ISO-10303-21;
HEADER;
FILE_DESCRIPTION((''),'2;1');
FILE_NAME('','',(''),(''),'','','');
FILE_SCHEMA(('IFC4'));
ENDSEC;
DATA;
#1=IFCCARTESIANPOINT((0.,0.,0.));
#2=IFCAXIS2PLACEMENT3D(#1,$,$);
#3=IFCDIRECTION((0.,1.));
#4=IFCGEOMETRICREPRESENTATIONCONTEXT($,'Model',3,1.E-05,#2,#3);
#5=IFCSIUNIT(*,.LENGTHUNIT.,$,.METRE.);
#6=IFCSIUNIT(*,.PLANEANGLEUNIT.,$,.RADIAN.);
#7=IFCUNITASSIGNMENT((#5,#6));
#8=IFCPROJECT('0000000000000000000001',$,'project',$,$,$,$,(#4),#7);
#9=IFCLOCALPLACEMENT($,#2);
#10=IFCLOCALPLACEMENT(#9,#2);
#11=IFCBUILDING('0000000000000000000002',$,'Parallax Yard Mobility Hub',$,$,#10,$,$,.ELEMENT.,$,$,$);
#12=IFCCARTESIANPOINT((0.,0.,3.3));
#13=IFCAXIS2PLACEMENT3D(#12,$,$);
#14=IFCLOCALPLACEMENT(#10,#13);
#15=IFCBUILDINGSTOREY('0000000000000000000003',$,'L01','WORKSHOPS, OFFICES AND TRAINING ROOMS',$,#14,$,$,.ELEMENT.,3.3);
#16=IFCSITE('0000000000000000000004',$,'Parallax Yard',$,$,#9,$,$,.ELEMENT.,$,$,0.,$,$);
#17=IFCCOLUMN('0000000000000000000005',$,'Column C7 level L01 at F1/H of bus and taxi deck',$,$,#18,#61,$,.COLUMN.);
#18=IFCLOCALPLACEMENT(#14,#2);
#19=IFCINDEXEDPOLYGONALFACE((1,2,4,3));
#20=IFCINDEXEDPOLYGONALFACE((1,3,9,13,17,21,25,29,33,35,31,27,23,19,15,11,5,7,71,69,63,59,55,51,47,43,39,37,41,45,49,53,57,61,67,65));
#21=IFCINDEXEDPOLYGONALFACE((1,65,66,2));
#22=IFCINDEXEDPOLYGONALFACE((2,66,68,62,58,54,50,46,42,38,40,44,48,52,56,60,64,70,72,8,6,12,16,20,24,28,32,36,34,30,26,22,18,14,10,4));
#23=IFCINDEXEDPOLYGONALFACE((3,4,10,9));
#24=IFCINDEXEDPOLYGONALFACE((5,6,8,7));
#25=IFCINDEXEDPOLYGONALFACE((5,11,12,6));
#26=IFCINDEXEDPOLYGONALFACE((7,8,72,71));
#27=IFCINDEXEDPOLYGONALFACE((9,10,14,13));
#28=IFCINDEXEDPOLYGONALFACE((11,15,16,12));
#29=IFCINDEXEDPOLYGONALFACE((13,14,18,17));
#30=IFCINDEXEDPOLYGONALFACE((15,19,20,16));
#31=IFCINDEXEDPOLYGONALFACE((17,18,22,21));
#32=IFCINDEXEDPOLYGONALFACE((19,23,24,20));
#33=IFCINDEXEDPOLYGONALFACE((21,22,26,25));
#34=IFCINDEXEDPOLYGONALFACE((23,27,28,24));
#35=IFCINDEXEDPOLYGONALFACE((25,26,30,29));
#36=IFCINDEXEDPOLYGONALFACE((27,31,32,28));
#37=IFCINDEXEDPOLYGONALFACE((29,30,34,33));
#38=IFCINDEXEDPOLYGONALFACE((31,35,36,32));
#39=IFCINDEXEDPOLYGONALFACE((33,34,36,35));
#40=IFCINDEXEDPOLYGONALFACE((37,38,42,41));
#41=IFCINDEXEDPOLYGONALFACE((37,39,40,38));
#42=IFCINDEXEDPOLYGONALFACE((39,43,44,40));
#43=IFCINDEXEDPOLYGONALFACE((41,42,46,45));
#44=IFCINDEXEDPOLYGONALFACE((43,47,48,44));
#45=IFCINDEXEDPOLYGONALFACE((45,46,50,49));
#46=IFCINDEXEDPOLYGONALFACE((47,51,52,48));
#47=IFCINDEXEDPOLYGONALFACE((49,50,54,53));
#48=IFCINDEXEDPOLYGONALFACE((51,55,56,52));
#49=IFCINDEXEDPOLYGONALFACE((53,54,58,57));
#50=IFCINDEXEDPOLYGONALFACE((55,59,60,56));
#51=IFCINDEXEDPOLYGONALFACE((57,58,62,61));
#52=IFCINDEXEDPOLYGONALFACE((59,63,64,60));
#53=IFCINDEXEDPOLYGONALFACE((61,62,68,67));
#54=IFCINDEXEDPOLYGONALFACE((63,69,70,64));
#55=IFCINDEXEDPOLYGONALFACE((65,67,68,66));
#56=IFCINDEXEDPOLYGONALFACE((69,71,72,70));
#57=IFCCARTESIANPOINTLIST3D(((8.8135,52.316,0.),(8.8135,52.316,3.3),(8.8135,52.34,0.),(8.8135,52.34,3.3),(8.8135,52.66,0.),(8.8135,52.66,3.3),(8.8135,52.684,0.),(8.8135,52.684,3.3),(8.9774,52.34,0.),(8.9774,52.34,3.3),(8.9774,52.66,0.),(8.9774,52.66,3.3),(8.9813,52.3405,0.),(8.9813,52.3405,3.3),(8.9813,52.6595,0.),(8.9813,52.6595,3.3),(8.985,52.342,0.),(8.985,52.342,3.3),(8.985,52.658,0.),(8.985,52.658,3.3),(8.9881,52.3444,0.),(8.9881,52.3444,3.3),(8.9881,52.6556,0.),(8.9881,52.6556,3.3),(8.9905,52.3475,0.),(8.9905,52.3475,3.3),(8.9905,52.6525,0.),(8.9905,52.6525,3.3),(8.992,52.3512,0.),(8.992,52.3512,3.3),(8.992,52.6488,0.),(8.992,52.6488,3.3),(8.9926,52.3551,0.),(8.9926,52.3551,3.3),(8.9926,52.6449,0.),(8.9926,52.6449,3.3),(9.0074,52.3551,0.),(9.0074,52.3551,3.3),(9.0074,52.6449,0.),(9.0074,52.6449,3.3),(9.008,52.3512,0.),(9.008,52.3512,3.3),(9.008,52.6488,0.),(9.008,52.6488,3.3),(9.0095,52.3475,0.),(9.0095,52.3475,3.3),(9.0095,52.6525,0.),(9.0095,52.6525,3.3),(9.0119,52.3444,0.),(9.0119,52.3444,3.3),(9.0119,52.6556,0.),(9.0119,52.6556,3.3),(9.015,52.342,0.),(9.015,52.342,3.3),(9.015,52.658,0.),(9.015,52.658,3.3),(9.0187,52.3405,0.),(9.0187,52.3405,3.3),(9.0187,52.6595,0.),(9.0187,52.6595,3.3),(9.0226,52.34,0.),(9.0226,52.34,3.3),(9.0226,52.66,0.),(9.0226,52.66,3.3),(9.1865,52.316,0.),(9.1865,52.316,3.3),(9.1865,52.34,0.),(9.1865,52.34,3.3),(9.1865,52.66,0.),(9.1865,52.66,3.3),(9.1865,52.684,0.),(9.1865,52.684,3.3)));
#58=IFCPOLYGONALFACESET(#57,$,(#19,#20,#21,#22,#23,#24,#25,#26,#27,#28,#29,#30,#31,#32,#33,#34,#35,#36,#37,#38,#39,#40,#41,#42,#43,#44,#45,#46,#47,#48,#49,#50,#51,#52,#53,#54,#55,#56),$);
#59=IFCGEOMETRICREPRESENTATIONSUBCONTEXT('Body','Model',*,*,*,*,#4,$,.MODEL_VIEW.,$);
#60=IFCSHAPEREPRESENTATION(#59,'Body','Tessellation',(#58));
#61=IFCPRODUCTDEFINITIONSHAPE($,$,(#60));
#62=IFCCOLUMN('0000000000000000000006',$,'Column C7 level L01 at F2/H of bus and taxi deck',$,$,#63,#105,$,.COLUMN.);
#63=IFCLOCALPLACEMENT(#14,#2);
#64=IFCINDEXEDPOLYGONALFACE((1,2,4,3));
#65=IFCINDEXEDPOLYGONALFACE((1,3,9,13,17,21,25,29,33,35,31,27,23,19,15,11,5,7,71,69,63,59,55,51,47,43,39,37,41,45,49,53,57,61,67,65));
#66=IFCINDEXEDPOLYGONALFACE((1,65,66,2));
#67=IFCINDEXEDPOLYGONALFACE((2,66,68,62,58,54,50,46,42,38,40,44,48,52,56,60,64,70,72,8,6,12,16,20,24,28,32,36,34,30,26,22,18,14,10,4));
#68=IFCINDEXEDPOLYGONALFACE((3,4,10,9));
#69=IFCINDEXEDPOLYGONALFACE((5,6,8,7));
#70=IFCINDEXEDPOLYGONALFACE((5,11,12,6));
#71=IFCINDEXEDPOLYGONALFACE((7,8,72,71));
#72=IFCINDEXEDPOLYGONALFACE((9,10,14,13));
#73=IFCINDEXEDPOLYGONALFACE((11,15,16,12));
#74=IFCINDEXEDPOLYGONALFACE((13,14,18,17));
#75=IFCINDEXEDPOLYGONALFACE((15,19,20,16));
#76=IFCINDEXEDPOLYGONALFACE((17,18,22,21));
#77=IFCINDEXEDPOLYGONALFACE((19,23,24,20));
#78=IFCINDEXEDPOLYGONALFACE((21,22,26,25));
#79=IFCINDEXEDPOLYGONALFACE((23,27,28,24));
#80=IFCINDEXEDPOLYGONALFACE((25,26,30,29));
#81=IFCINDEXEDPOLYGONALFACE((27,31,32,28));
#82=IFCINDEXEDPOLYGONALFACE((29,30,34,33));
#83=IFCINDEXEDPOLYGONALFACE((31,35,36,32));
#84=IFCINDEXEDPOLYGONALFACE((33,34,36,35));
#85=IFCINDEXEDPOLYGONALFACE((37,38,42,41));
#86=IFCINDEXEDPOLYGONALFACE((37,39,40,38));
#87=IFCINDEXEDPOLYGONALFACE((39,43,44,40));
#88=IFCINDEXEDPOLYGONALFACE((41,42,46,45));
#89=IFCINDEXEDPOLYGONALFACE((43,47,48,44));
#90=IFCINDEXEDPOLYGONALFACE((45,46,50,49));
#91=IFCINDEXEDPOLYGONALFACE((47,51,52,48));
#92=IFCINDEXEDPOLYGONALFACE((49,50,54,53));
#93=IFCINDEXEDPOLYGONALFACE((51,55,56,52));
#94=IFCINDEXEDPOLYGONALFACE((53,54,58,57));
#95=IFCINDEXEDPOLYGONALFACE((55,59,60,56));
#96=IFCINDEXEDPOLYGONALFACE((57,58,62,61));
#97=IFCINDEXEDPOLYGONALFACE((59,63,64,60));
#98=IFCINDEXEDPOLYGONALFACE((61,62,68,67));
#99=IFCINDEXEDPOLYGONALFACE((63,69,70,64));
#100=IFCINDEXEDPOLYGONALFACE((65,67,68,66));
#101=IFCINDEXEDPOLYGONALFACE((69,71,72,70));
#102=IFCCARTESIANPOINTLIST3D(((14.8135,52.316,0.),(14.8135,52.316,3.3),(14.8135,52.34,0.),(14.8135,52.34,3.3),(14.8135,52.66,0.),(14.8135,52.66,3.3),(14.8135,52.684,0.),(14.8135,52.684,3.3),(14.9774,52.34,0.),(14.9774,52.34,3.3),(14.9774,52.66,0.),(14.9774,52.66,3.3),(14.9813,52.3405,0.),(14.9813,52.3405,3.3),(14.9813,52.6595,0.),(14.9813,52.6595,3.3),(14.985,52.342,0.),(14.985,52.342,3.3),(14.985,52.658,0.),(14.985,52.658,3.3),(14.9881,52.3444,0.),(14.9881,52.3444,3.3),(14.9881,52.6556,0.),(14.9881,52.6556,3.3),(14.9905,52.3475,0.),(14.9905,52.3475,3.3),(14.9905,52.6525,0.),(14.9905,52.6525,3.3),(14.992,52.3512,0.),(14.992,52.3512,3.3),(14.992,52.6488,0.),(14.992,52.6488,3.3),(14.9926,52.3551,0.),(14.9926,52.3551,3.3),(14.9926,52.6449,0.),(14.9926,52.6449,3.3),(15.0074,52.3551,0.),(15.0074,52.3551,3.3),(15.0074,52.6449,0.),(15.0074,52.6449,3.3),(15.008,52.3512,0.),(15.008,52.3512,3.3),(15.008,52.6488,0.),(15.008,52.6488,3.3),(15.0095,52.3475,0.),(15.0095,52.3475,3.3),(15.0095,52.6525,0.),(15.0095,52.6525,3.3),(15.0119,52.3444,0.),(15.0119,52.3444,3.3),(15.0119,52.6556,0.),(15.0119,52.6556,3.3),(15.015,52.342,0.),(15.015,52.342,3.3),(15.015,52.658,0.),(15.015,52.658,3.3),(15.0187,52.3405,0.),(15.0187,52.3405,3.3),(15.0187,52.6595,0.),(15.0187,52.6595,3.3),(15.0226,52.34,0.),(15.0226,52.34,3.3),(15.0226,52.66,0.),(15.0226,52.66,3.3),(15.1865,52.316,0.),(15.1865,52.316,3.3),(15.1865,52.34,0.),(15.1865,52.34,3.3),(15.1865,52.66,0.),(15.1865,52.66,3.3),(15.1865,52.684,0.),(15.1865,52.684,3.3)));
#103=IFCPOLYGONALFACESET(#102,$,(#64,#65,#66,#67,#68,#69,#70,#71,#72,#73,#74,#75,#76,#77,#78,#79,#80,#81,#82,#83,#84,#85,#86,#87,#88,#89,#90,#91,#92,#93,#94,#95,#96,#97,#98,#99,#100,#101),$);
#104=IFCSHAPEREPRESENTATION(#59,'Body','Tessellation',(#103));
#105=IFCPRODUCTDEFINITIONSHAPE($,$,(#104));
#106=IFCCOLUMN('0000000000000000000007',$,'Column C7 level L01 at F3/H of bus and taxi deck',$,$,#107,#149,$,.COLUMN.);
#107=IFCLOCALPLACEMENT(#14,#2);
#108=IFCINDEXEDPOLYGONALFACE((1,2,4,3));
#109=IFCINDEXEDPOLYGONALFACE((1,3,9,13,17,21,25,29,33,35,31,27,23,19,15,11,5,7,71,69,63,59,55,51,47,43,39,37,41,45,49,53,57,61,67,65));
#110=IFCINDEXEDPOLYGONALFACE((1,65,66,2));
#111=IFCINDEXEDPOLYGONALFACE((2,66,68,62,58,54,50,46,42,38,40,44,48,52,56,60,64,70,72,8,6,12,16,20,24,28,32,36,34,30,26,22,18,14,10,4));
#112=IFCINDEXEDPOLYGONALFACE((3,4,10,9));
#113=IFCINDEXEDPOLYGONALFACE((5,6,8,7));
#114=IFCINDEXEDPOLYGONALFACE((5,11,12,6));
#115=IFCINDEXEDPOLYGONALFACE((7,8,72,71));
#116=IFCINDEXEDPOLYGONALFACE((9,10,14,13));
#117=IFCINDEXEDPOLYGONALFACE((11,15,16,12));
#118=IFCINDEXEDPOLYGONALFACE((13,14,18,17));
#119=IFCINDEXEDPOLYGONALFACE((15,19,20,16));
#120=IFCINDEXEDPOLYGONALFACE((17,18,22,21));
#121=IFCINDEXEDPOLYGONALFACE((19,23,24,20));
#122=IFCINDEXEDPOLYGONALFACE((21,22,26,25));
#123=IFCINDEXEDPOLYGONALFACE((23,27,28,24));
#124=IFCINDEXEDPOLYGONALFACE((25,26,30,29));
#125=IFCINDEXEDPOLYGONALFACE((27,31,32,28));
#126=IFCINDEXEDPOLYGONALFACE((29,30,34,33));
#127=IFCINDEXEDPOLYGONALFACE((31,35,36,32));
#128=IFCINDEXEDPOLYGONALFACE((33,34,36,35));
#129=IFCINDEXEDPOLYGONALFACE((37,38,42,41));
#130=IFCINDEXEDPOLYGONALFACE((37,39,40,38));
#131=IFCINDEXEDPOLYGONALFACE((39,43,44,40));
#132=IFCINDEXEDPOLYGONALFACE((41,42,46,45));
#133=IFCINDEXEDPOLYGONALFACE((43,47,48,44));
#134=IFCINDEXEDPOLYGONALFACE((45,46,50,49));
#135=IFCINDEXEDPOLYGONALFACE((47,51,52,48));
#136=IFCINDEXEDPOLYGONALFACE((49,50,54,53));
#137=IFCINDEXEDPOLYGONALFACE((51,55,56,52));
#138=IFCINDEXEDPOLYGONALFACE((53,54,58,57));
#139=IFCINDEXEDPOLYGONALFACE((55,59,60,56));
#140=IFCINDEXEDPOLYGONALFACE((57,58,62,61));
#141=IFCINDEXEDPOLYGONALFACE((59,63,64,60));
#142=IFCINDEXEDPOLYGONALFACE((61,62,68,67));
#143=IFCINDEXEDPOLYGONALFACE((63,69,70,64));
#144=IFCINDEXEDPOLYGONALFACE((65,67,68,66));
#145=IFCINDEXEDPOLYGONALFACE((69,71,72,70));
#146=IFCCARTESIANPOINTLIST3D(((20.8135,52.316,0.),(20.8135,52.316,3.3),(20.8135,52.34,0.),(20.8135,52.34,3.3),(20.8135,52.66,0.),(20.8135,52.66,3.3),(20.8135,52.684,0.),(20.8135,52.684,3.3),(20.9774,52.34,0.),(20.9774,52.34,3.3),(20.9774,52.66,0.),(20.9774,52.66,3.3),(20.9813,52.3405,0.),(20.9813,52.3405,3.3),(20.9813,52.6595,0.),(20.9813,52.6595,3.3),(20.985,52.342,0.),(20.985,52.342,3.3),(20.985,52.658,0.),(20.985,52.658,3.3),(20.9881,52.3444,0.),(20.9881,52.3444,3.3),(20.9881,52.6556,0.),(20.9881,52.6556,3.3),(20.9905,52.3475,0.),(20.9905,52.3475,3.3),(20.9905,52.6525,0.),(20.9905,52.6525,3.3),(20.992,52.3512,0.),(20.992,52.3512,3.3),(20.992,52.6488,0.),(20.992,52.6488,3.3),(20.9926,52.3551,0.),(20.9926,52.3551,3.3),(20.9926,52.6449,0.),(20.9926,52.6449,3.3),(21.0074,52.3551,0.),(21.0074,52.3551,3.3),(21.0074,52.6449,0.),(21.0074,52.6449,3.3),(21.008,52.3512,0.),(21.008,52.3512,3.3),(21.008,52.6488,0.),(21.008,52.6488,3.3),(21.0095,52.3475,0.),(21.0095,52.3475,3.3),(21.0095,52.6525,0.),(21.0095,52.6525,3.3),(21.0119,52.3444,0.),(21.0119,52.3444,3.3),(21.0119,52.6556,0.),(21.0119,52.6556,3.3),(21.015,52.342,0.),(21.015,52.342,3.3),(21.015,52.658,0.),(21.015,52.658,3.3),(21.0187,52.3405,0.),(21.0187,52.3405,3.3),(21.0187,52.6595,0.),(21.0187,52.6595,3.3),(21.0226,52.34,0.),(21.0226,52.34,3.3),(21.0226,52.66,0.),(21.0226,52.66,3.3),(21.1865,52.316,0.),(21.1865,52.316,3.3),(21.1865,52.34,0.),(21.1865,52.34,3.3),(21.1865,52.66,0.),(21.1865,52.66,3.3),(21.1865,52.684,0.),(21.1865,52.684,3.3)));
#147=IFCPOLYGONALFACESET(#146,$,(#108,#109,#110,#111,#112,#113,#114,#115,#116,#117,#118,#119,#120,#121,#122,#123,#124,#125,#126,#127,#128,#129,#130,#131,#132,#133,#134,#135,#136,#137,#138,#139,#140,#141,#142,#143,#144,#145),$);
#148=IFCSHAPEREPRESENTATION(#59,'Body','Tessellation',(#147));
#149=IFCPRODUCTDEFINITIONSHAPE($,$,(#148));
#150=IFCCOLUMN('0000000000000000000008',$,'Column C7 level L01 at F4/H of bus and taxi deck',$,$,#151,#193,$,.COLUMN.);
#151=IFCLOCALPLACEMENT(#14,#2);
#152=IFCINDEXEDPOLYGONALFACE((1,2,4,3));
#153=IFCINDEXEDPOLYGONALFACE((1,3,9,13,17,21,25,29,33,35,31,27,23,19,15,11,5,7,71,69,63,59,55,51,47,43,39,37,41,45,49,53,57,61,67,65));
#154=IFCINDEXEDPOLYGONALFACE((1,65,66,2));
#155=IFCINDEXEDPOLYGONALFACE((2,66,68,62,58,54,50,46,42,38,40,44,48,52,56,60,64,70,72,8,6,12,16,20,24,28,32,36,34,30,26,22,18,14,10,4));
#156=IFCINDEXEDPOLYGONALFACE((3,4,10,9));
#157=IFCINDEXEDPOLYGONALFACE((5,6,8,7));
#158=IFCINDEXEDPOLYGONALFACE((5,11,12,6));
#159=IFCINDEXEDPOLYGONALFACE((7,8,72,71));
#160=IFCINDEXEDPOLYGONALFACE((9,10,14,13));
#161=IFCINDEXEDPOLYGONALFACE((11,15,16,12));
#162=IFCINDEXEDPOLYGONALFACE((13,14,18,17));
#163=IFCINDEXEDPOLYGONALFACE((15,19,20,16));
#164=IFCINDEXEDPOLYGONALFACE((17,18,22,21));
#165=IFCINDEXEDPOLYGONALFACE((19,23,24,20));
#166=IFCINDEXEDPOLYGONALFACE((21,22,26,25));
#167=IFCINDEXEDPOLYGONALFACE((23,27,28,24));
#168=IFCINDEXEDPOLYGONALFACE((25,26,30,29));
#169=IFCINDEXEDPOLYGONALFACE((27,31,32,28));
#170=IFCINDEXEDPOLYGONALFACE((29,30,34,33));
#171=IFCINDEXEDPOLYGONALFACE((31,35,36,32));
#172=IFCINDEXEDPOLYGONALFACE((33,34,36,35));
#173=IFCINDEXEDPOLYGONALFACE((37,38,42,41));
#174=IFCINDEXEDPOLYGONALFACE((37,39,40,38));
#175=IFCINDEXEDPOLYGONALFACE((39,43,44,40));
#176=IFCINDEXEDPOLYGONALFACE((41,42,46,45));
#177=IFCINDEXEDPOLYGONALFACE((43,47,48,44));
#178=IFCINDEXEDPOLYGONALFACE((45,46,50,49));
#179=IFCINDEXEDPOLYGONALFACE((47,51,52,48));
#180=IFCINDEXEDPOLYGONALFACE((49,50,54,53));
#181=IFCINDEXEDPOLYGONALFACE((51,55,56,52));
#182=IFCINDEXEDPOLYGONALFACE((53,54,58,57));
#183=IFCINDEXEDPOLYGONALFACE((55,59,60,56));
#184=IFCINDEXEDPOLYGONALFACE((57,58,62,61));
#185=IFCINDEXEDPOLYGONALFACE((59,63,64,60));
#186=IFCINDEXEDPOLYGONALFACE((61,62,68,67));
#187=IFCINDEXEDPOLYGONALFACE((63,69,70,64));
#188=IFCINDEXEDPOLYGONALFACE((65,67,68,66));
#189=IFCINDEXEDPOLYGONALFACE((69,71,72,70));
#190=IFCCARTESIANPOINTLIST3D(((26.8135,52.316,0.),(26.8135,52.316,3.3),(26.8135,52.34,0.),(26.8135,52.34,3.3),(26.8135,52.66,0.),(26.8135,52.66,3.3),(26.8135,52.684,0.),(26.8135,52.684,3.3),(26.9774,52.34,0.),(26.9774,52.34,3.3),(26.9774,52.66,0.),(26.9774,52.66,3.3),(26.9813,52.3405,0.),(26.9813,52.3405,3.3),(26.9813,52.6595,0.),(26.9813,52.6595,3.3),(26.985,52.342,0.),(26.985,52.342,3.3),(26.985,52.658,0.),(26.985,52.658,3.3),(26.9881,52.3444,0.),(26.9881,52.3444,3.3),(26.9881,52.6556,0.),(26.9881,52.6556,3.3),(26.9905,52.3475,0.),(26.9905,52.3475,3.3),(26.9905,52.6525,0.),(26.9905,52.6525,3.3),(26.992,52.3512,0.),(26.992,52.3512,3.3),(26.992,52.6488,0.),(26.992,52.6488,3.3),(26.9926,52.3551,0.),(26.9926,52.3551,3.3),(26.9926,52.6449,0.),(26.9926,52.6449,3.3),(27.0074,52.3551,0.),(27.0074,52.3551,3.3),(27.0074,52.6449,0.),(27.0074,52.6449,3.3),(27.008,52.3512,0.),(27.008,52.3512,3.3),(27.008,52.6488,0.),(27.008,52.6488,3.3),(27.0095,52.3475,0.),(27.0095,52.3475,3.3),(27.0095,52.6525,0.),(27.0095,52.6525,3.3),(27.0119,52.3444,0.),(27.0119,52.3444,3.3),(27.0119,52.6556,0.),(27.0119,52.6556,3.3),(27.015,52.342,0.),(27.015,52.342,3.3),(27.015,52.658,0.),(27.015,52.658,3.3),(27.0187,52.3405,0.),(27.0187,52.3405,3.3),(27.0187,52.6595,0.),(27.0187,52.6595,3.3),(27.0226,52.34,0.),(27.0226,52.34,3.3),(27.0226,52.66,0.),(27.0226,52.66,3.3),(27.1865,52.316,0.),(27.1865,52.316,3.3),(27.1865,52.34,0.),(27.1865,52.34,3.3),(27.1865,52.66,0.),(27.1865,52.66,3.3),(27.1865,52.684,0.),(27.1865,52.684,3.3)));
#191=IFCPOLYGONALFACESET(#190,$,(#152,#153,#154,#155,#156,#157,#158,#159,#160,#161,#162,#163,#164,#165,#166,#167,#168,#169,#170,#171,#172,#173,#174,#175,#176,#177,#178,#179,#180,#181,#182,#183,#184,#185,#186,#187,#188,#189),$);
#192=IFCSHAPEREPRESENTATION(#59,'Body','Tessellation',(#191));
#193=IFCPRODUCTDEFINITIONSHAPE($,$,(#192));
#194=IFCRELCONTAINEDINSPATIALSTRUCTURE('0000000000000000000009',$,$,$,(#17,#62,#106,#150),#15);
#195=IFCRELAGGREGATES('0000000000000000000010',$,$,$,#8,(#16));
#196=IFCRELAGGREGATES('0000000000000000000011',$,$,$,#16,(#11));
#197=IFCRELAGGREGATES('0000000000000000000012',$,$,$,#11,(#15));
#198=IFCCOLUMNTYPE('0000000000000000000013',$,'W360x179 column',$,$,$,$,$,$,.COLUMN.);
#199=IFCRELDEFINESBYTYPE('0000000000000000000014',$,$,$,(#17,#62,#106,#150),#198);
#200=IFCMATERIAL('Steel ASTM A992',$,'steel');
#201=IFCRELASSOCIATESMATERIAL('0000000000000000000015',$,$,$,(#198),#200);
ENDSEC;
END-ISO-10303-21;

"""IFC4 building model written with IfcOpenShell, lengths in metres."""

from ifc_helpers import new_model, si_unit, direction, frame, origin, origin_2d, place, context, subcontext, project, spatial, i_section, extrude, material, material_profile, profile_set, type_object, element, save


model = new_model("IFC4")

# Units and contexts
model_context = context("Model", 3, precision=1e-05, world=origin(), true_north=direction((0.0, 1.0)))
body_context = subcontext(model_context, "Body", "Model", "MODEL_VIEW")
ifc_project = project(units=[si_unit("LENGTHUNIT", "METRE"), si_unit("PLANEANGLEUNIT", "RADIAN")], contexts=[model_context])

# Site, building, storey
site_placement = place(None, origin())
site = spatial("IfcSite", under=ifc_project, at=site_placement, Name="Parallax Yard", CompositionType="ELEMENT", RefElevation=0.0)
building_placement = place(site_placement, origin())
building = spatial("IfcBuilding", under=site, at=building_placement, Name="Parallax Yard Mobility Hub", CompositionType="ELEMENT")
storey_placement = place(building_placement, frame((0.0, 0.0, 3.3)))
storey = spatial("IfcBuildingStorey", under=building, at=storey_placement, Name="L01", Description="WORKSHOPS, OFFICES AND TRAINING ROOMS", CompositionType="ELEMENT", Elevation=3.3)

# Columns
ifc_material_1 = material(Name="Steel ASTM A992", Category="steel")
ifc_material_profile = material_profile(ifc_material_1, i_section(OverallWidth=0.373, OverallDepth=0.3679, WebThickness=0.0149, FlangeThickness=0.0239, FilletRadius=0.0151, at=origin_2d()), Name="W360x179")
ifc_profile_set = profile_set([ifc_material_profile], Name="Steel ASTM A992")
column_type = type_object("IfcColumnType", Name="W360x179 column", PredefinedType="COLUMN", material=ifc_profile_set)
for number, where, z_axis, x_axis, name in (
    (1, (9.0, 52.5, 0.0), (0.0, 0.0, 1.0), (1.0, 0.0, 0.0), "Column C7 level L01 at F1/H of bus and taxi deck"),
    (2, (15.0, 52.5, 0.0), (0.0, 0.0, 1.0), (1.0, 0.0, 0.0), "Column C7 level L01 at F2/H of bus and taxi deck"),
    (3, (21.0, 52.5, 0.0), (0.0, 0.0, 1.0), (1.0, 0.0, 0.0), "Column C7 level L01 at F3/H of bus and taxi deck"),
    (4, (27.0, 52.5, 0.0), (0.0, 0.0, 1.0), (1.0, 0.0, 0.0), "Column C7 level L01 at F4/H of bus and taxi deck"),
):
    element("IfcColumn", number, at=place(storey_placement, frame(where, z_axis=z_axis, x_axis=x_axis)), inside=storey, type_object=column_type, Name=name, PredefinedType="COLUMN", context=body_context, shape_type="SweptSolid", body=[
        extrude(i_section(OverallWidth=0.373, OverallDepth=0.3679, WebThickness=0.0149, FlangeThickness=0.0239, FilletRadius=0.0151, at=origin_2d()), origin(), (0.0, 0.0, 1.0), 3.3),
    ])

save(model, "model.ifc")
